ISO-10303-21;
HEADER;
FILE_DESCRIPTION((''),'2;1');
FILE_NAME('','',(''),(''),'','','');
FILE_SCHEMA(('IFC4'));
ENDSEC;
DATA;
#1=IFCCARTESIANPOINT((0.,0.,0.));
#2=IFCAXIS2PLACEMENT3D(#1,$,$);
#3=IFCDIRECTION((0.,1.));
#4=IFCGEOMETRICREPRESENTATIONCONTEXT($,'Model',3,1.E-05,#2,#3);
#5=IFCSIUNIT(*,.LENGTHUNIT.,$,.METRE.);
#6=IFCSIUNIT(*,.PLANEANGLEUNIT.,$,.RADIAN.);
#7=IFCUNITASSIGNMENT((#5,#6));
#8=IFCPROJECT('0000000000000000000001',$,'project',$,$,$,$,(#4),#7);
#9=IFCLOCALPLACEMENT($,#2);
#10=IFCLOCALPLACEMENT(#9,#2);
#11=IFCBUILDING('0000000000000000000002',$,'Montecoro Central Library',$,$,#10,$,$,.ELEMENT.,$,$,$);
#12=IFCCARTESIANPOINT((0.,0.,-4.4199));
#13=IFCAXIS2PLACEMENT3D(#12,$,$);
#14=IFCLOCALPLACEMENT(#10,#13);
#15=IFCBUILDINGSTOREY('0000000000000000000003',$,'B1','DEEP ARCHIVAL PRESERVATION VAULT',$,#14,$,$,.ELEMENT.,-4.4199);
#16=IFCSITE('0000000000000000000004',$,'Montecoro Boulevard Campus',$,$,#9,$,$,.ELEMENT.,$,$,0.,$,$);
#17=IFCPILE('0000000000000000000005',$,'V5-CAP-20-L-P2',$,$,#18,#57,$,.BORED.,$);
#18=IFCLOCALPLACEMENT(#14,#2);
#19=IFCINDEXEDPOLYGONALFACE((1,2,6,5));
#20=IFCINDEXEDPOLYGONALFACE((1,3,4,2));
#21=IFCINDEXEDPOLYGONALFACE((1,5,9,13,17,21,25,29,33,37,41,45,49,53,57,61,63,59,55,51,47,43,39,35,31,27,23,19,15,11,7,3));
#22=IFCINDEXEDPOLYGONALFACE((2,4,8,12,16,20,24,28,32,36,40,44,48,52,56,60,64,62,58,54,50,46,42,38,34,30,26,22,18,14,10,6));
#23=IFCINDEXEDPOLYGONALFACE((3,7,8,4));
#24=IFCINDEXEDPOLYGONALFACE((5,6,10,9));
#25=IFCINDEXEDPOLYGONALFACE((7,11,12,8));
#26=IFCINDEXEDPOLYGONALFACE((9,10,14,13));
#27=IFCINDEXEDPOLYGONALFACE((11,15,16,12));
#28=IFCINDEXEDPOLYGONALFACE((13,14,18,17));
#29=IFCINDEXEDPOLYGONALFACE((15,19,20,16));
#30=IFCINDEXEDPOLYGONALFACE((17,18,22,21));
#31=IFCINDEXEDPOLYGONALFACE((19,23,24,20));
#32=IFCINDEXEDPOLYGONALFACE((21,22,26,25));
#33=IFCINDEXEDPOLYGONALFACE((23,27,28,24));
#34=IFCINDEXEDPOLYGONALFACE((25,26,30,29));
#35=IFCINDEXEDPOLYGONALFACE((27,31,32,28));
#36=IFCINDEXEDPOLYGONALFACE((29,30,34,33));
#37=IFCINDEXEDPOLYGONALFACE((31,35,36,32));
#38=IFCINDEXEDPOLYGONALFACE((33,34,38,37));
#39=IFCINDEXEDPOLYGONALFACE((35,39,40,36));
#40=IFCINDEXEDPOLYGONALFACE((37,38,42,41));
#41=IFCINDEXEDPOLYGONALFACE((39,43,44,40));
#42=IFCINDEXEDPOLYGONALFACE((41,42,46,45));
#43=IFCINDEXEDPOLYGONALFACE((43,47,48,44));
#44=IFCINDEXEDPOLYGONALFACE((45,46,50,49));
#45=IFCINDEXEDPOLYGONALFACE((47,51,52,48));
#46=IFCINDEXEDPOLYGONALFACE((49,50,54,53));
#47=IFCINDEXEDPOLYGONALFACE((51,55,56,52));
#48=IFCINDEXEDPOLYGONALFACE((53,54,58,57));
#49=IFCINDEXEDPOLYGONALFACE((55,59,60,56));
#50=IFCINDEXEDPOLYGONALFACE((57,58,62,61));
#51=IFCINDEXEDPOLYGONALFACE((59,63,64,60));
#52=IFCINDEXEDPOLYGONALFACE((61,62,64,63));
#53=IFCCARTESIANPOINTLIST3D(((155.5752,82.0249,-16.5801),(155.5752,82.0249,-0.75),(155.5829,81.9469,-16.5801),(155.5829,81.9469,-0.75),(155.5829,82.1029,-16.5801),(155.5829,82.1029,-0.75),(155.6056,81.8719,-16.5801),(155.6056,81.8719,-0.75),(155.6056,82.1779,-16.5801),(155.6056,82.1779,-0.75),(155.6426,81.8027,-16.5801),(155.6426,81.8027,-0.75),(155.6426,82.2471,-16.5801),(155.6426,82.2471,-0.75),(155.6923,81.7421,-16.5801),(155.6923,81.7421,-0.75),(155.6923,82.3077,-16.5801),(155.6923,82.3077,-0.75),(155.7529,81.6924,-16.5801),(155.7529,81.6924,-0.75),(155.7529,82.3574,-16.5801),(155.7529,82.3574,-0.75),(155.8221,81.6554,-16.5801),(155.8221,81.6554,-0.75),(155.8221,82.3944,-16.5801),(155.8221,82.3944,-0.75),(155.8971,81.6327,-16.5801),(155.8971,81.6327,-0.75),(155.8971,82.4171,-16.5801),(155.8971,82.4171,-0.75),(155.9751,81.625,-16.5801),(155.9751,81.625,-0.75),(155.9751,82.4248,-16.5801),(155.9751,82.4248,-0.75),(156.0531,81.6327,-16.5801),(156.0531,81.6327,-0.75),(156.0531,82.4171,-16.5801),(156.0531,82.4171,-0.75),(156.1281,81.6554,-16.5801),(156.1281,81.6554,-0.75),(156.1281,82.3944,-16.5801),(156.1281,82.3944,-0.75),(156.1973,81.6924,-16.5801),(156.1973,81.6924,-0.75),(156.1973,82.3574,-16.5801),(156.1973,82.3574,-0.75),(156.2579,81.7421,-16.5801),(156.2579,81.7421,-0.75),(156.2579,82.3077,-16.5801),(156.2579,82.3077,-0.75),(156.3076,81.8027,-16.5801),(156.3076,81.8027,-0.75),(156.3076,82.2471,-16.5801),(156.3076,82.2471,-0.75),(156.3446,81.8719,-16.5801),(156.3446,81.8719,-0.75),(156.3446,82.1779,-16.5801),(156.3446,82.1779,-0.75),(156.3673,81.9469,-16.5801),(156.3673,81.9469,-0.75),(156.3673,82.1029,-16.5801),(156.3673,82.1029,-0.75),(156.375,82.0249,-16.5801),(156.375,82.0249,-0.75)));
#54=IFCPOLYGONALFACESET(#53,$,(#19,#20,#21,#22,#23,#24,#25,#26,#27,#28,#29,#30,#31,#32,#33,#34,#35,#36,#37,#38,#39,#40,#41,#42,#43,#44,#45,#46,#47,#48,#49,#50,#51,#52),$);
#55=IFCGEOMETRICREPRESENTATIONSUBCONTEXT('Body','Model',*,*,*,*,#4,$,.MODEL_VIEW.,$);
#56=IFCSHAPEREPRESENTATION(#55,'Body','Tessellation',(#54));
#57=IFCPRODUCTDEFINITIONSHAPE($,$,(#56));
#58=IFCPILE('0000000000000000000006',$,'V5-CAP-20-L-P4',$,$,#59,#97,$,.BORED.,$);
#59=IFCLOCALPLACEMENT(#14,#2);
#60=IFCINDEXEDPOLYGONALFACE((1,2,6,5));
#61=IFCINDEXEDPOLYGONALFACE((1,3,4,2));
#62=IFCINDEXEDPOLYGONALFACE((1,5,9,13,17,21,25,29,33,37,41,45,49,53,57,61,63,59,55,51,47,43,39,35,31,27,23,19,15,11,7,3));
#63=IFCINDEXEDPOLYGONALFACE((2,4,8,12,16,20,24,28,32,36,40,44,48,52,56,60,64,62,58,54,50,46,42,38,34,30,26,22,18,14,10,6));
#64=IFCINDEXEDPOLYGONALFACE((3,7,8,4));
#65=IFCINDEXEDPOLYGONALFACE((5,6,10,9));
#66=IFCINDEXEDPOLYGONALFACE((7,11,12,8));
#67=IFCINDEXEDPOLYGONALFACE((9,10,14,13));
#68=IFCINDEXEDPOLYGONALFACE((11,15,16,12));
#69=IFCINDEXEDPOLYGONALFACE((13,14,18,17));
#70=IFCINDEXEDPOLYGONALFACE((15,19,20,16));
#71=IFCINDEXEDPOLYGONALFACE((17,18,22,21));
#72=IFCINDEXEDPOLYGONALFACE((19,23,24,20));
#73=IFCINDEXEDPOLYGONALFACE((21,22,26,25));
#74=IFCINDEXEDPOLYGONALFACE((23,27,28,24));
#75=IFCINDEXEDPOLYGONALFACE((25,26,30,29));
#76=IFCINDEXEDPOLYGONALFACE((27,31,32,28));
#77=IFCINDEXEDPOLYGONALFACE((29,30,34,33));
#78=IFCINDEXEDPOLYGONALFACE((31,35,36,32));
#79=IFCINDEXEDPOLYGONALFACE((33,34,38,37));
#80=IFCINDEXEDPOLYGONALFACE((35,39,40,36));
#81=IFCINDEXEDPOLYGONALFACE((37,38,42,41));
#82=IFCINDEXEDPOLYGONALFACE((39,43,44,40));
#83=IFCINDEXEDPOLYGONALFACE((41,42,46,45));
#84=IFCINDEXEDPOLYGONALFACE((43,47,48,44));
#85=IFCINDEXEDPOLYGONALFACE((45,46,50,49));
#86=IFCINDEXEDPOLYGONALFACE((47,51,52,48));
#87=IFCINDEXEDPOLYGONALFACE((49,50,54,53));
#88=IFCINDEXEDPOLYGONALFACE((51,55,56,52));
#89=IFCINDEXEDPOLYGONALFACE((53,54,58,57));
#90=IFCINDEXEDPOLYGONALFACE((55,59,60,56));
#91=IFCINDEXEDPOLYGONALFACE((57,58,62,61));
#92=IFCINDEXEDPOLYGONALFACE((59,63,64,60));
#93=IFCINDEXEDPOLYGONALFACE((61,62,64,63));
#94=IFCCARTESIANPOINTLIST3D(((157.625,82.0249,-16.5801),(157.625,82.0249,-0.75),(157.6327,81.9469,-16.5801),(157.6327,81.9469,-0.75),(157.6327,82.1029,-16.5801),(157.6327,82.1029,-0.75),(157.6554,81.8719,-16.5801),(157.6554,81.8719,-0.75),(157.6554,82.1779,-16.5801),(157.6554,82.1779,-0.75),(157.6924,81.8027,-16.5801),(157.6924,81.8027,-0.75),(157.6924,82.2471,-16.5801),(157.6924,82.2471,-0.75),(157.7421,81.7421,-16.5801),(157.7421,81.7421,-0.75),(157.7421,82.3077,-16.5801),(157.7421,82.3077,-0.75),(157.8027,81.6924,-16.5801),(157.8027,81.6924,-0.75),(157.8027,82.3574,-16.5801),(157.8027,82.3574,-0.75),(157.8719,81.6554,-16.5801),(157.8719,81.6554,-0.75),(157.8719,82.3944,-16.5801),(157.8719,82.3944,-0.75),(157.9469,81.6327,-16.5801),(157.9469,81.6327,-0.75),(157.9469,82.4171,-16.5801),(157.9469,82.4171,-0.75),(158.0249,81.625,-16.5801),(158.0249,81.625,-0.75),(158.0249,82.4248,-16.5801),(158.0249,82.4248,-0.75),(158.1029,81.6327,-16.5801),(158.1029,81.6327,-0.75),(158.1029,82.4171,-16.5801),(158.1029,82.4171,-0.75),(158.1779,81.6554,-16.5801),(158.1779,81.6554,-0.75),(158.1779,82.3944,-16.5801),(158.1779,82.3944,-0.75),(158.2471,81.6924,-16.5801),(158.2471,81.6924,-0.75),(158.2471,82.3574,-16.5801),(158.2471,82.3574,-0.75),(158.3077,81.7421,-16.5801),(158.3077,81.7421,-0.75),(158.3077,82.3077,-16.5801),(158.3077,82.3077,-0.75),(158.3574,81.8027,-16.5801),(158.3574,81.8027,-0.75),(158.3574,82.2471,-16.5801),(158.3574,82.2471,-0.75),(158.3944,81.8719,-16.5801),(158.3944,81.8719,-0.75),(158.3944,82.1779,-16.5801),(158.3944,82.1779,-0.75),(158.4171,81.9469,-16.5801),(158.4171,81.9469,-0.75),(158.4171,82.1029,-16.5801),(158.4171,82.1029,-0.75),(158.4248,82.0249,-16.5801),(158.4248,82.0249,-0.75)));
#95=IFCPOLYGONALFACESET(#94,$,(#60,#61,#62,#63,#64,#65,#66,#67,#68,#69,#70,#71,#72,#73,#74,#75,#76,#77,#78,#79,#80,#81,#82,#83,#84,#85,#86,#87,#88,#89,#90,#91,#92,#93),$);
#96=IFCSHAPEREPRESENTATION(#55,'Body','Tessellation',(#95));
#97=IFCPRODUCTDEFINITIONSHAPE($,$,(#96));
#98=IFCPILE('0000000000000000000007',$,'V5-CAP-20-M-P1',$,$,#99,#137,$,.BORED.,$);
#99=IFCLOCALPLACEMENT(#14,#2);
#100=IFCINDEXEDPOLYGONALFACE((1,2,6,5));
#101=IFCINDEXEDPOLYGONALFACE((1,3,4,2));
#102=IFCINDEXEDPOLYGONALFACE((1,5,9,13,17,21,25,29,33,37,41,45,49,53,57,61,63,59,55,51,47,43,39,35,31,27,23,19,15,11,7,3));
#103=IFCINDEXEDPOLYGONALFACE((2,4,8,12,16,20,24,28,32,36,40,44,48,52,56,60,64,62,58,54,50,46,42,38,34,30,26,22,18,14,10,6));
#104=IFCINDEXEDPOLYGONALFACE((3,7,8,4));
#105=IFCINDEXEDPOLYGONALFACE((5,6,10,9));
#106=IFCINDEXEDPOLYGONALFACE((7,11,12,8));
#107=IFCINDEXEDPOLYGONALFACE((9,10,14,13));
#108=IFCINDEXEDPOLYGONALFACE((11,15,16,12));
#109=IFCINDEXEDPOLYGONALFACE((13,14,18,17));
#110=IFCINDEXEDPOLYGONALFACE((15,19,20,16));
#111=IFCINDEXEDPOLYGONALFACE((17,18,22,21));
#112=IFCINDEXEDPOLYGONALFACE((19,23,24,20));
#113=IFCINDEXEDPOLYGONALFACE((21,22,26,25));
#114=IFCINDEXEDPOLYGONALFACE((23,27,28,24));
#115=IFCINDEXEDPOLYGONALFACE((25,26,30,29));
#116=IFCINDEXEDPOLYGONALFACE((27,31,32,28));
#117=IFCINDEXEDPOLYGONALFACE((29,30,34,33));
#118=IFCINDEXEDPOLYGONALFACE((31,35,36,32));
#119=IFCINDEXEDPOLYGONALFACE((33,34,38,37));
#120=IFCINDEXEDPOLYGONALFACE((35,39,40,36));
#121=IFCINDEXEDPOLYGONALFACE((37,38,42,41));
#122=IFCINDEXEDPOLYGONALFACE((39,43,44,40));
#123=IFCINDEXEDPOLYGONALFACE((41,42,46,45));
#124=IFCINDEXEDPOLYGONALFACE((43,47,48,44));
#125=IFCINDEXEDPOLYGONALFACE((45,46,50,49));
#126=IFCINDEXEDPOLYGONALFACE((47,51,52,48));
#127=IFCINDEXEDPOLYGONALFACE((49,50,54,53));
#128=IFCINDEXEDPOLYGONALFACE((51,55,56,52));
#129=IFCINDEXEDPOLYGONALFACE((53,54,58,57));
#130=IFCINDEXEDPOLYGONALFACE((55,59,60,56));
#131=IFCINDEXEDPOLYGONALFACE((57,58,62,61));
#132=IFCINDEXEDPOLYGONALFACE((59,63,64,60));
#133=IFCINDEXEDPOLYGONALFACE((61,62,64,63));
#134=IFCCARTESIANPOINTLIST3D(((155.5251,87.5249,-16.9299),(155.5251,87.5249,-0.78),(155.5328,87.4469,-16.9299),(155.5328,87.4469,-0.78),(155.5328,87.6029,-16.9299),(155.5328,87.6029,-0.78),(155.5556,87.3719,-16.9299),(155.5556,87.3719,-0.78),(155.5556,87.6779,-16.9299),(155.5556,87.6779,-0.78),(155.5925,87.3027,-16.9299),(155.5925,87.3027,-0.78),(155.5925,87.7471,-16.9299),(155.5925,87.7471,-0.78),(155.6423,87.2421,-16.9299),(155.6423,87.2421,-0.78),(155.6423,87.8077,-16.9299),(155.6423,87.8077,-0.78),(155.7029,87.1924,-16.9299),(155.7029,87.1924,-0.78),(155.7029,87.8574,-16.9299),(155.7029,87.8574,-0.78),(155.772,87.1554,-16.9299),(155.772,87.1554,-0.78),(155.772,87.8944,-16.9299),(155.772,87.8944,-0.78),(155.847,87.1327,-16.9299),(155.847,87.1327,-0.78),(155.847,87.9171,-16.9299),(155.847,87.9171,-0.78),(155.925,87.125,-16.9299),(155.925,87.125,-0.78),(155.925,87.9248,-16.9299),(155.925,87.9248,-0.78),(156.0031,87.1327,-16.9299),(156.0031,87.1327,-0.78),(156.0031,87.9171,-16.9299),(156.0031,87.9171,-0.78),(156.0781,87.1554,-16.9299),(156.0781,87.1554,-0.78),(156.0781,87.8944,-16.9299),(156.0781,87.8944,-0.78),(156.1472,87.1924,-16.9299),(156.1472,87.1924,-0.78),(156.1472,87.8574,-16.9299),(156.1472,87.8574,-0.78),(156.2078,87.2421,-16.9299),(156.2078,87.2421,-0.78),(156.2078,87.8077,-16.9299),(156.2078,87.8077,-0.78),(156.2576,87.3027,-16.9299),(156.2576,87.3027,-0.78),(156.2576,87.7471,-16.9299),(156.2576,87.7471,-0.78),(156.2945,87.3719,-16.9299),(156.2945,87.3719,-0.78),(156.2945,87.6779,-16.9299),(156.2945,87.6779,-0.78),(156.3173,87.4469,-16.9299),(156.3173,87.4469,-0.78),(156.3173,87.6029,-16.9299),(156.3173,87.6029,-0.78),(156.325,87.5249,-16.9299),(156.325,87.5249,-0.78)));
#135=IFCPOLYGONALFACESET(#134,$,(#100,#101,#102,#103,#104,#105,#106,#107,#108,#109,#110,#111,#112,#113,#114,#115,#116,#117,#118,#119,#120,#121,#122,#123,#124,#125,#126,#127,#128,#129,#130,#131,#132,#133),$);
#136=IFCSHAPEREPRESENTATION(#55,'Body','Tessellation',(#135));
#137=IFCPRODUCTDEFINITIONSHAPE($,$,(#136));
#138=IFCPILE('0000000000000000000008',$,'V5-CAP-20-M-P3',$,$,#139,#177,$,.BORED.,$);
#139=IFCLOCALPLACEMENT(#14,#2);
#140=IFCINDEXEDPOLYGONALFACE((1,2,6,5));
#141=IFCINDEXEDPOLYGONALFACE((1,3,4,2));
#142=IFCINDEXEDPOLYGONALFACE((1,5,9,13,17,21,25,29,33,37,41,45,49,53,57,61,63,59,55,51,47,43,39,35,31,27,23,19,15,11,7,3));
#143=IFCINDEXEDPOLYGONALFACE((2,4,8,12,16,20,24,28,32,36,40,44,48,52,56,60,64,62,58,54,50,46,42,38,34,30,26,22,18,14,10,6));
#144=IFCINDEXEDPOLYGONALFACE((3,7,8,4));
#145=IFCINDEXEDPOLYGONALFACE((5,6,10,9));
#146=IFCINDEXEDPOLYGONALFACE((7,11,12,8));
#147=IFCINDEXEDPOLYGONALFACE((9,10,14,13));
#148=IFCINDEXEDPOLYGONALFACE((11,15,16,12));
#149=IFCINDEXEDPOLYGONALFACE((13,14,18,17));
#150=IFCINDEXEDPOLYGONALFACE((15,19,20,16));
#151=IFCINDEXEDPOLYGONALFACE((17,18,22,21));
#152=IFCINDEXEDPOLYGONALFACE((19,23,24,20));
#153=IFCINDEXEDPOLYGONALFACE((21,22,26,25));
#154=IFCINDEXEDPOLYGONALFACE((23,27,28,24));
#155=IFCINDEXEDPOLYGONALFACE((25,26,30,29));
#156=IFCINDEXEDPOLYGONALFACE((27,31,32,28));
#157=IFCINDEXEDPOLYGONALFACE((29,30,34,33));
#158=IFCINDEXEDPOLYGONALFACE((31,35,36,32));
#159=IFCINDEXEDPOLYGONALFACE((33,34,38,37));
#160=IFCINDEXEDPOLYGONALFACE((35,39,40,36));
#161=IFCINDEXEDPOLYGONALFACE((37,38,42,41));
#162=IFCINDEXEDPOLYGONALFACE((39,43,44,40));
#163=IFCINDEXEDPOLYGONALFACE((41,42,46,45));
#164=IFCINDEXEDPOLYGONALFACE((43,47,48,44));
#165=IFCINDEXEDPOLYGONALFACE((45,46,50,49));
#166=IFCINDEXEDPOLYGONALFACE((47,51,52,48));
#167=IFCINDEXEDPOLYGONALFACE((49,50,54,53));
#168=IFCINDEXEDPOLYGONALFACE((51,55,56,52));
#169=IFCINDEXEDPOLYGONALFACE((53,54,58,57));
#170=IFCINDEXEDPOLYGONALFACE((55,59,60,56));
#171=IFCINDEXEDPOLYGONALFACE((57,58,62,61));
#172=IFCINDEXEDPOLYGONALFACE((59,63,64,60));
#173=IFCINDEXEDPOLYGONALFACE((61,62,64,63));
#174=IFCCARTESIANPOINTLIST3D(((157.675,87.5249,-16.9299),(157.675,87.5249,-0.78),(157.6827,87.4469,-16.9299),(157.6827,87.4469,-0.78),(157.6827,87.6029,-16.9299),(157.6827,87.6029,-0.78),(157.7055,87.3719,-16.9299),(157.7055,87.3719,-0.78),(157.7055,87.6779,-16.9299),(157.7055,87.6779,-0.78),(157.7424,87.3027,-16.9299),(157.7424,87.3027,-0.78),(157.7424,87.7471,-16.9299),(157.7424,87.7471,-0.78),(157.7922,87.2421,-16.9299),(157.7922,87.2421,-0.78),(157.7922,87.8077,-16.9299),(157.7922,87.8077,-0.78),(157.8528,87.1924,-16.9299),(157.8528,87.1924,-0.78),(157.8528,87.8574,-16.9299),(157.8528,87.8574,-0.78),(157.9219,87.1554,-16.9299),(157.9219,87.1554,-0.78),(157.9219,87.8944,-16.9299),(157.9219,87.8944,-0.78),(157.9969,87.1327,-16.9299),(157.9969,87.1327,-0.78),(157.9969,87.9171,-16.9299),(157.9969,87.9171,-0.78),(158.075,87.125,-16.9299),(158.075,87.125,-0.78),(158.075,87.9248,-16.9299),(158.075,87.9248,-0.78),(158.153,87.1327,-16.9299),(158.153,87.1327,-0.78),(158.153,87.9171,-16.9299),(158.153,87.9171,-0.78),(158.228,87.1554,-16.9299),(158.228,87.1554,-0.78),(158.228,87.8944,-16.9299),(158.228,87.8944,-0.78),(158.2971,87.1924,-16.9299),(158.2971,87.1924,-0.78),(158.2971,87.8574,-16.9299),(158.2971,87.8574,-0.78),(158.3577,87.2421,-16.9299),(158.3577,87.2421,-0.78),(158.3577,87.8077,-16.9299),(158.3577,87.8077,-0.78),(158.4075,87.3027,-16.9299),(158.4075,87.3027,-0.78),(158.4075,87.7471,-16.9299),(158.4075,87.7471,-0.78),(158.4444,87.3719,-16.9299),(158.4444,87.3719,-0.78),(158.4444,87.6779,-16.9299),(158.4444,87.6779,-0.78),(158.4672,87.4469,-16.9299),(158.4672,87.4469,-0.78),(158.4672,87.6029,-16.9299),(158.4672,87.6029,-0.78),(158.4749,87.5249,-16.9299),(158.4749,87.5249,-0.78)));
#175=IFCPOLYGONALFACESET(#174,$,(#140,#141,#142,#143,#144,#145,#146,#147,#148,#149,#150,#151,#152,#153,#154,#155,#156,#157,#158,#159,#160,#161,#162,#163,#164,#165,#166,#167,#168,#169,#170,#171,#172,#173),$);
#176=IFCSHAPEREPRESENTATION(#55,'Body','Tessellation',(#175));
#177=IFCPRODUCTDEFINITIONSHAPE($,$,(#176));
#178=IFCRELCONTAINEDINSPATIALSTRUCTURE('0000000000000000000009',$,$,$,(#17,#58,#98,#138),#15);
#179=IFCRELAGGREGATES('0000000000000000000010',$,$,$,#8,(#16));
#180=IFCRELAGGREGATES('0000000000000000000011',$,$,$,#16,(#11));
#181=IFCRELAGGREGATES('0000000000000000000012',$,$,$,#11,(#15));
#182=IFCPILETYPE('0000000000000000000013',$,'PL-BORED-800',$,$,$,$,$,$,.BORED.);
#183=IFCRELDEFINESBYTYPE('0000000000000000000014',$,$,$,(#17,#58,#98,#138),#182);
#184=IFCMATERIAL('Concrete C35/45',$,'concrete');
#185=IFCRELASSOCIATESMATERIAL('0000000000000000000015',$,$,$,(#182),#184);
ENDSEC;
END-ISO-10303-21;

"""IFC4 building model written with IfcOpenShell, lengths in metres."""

from ifc_helpers import new_model, si_unit, direction, frame, origin, origin_2d, place, context, subcontext, project, spatial, circle, extrude, material, material_profile, profile_set, type_object, element, save


model = new_model("IFC4")

# Units and contexts
model_context = context("Model", 3, precision=1e-05, world=origin(), true_north=direction((0.0, 1.0)))
body_context = subcontext(model_context, "Body", "Model", "MODEL_VIEW")
ifc_project = project(units=[si_unit("LENGTHUNIT", "METRE"), si_unit("PLANEANGLEUNIT", "RADIAN")], contexts=[model_context])

# Site, building, storey
site_placement = place(None, origin())
site = spatial("IfcSite", under=ifc_project, at=site_placement, Name="Montecoro Boulevard Campus", CompositionType="ELEMENT", RefElevation=0.0)
building_placement = place(site_placement, origin())
building = spatial("IfcBuilding", under=site, at=building_placement, Name="Montecoro Central Library", CompositionType="ELEMENT")
storey_placement = place(building_placement, frame((0.0, 0.0, -4.4199)))
storey = spatial("IfcBuildingStorey", under=building, at=storey_placement, Name="B1", Description="DEEP ARCHIVAL PRESERVATION VAULT", CompositionType="ELEMENT", Elevation=-4.4199)

# Shared definitions
ifc_material_1 = material(Name="Concrete C35/45", Category="concrete")

# Piles
ifc_material_profile_1 = material_profile(ifc_material_1, circle(Radius=0.3999, at=origin_2d()), Name="PILE D800")
ifc_profile_set_1 = profile_set([ifc_material_profile_1], Name="Concrete C35/45")
pile_type_1 = type_object("IfcPileType", Name="PL-BORED-800", PredefinedType="BORED", material=ifc_profile_set_1)
for number, where, z_axis, x_axis, name in (
    (1, (155.9751, 82.0249, -0.75), (0.0, 0.0, -1.0), (1.0, 0.0, 0.0), "V5-CAP-20-L-P2"),
    (2, (158.0249, 82.0249, -0.75), (0.0, 0.0, -1.0), (1.0, 0.0, 0.0), "V5-CAP-20-L-P4"),
):
    element("IfcPile", number, at=place(storey_placement, frame(where, z_axis=z_axis, x_axis=x_axis)), inside=storey, type_object=pile_type_1, Name=name, PredefinedType="BORED", context=body_context, shape_type="SweptSolid", body=[
        extrude(circle(Radius=0.3999, at=origin_2d()), origin(), (0.0, 0.0, 1.0), 15.8301),
    ])
for number, where, z_axis, x_axis, name in (
    (3, (155.925, 87.5249, -0.78), (0.0, 0.0, -1.0), (1.0, 0.0, 0.0), "V5-CAP-20-M-P1"),
    (4, (158.075, 87.5249, -0.78), (0.0, 0.0, -1.0), (1.0, 0.0, 0.0), "V5-CAP-20-M-P3"),
):
    element("IfcPile", number, at=place(storey_placement, frame(where, z_axis=z_axis, x_axis=x_axis)), inside=storey, type_object=pile_type_1, Name=name, PredefinedType="BORED", context=body_context, shape_type="SweptSolid", body=[
        extrude(circle(Radius=0.3999, at=origin_2d()), origin(), (0.0, 0.0, 1.0), 16.1499),
    ])

save(model, "model.ifc")
